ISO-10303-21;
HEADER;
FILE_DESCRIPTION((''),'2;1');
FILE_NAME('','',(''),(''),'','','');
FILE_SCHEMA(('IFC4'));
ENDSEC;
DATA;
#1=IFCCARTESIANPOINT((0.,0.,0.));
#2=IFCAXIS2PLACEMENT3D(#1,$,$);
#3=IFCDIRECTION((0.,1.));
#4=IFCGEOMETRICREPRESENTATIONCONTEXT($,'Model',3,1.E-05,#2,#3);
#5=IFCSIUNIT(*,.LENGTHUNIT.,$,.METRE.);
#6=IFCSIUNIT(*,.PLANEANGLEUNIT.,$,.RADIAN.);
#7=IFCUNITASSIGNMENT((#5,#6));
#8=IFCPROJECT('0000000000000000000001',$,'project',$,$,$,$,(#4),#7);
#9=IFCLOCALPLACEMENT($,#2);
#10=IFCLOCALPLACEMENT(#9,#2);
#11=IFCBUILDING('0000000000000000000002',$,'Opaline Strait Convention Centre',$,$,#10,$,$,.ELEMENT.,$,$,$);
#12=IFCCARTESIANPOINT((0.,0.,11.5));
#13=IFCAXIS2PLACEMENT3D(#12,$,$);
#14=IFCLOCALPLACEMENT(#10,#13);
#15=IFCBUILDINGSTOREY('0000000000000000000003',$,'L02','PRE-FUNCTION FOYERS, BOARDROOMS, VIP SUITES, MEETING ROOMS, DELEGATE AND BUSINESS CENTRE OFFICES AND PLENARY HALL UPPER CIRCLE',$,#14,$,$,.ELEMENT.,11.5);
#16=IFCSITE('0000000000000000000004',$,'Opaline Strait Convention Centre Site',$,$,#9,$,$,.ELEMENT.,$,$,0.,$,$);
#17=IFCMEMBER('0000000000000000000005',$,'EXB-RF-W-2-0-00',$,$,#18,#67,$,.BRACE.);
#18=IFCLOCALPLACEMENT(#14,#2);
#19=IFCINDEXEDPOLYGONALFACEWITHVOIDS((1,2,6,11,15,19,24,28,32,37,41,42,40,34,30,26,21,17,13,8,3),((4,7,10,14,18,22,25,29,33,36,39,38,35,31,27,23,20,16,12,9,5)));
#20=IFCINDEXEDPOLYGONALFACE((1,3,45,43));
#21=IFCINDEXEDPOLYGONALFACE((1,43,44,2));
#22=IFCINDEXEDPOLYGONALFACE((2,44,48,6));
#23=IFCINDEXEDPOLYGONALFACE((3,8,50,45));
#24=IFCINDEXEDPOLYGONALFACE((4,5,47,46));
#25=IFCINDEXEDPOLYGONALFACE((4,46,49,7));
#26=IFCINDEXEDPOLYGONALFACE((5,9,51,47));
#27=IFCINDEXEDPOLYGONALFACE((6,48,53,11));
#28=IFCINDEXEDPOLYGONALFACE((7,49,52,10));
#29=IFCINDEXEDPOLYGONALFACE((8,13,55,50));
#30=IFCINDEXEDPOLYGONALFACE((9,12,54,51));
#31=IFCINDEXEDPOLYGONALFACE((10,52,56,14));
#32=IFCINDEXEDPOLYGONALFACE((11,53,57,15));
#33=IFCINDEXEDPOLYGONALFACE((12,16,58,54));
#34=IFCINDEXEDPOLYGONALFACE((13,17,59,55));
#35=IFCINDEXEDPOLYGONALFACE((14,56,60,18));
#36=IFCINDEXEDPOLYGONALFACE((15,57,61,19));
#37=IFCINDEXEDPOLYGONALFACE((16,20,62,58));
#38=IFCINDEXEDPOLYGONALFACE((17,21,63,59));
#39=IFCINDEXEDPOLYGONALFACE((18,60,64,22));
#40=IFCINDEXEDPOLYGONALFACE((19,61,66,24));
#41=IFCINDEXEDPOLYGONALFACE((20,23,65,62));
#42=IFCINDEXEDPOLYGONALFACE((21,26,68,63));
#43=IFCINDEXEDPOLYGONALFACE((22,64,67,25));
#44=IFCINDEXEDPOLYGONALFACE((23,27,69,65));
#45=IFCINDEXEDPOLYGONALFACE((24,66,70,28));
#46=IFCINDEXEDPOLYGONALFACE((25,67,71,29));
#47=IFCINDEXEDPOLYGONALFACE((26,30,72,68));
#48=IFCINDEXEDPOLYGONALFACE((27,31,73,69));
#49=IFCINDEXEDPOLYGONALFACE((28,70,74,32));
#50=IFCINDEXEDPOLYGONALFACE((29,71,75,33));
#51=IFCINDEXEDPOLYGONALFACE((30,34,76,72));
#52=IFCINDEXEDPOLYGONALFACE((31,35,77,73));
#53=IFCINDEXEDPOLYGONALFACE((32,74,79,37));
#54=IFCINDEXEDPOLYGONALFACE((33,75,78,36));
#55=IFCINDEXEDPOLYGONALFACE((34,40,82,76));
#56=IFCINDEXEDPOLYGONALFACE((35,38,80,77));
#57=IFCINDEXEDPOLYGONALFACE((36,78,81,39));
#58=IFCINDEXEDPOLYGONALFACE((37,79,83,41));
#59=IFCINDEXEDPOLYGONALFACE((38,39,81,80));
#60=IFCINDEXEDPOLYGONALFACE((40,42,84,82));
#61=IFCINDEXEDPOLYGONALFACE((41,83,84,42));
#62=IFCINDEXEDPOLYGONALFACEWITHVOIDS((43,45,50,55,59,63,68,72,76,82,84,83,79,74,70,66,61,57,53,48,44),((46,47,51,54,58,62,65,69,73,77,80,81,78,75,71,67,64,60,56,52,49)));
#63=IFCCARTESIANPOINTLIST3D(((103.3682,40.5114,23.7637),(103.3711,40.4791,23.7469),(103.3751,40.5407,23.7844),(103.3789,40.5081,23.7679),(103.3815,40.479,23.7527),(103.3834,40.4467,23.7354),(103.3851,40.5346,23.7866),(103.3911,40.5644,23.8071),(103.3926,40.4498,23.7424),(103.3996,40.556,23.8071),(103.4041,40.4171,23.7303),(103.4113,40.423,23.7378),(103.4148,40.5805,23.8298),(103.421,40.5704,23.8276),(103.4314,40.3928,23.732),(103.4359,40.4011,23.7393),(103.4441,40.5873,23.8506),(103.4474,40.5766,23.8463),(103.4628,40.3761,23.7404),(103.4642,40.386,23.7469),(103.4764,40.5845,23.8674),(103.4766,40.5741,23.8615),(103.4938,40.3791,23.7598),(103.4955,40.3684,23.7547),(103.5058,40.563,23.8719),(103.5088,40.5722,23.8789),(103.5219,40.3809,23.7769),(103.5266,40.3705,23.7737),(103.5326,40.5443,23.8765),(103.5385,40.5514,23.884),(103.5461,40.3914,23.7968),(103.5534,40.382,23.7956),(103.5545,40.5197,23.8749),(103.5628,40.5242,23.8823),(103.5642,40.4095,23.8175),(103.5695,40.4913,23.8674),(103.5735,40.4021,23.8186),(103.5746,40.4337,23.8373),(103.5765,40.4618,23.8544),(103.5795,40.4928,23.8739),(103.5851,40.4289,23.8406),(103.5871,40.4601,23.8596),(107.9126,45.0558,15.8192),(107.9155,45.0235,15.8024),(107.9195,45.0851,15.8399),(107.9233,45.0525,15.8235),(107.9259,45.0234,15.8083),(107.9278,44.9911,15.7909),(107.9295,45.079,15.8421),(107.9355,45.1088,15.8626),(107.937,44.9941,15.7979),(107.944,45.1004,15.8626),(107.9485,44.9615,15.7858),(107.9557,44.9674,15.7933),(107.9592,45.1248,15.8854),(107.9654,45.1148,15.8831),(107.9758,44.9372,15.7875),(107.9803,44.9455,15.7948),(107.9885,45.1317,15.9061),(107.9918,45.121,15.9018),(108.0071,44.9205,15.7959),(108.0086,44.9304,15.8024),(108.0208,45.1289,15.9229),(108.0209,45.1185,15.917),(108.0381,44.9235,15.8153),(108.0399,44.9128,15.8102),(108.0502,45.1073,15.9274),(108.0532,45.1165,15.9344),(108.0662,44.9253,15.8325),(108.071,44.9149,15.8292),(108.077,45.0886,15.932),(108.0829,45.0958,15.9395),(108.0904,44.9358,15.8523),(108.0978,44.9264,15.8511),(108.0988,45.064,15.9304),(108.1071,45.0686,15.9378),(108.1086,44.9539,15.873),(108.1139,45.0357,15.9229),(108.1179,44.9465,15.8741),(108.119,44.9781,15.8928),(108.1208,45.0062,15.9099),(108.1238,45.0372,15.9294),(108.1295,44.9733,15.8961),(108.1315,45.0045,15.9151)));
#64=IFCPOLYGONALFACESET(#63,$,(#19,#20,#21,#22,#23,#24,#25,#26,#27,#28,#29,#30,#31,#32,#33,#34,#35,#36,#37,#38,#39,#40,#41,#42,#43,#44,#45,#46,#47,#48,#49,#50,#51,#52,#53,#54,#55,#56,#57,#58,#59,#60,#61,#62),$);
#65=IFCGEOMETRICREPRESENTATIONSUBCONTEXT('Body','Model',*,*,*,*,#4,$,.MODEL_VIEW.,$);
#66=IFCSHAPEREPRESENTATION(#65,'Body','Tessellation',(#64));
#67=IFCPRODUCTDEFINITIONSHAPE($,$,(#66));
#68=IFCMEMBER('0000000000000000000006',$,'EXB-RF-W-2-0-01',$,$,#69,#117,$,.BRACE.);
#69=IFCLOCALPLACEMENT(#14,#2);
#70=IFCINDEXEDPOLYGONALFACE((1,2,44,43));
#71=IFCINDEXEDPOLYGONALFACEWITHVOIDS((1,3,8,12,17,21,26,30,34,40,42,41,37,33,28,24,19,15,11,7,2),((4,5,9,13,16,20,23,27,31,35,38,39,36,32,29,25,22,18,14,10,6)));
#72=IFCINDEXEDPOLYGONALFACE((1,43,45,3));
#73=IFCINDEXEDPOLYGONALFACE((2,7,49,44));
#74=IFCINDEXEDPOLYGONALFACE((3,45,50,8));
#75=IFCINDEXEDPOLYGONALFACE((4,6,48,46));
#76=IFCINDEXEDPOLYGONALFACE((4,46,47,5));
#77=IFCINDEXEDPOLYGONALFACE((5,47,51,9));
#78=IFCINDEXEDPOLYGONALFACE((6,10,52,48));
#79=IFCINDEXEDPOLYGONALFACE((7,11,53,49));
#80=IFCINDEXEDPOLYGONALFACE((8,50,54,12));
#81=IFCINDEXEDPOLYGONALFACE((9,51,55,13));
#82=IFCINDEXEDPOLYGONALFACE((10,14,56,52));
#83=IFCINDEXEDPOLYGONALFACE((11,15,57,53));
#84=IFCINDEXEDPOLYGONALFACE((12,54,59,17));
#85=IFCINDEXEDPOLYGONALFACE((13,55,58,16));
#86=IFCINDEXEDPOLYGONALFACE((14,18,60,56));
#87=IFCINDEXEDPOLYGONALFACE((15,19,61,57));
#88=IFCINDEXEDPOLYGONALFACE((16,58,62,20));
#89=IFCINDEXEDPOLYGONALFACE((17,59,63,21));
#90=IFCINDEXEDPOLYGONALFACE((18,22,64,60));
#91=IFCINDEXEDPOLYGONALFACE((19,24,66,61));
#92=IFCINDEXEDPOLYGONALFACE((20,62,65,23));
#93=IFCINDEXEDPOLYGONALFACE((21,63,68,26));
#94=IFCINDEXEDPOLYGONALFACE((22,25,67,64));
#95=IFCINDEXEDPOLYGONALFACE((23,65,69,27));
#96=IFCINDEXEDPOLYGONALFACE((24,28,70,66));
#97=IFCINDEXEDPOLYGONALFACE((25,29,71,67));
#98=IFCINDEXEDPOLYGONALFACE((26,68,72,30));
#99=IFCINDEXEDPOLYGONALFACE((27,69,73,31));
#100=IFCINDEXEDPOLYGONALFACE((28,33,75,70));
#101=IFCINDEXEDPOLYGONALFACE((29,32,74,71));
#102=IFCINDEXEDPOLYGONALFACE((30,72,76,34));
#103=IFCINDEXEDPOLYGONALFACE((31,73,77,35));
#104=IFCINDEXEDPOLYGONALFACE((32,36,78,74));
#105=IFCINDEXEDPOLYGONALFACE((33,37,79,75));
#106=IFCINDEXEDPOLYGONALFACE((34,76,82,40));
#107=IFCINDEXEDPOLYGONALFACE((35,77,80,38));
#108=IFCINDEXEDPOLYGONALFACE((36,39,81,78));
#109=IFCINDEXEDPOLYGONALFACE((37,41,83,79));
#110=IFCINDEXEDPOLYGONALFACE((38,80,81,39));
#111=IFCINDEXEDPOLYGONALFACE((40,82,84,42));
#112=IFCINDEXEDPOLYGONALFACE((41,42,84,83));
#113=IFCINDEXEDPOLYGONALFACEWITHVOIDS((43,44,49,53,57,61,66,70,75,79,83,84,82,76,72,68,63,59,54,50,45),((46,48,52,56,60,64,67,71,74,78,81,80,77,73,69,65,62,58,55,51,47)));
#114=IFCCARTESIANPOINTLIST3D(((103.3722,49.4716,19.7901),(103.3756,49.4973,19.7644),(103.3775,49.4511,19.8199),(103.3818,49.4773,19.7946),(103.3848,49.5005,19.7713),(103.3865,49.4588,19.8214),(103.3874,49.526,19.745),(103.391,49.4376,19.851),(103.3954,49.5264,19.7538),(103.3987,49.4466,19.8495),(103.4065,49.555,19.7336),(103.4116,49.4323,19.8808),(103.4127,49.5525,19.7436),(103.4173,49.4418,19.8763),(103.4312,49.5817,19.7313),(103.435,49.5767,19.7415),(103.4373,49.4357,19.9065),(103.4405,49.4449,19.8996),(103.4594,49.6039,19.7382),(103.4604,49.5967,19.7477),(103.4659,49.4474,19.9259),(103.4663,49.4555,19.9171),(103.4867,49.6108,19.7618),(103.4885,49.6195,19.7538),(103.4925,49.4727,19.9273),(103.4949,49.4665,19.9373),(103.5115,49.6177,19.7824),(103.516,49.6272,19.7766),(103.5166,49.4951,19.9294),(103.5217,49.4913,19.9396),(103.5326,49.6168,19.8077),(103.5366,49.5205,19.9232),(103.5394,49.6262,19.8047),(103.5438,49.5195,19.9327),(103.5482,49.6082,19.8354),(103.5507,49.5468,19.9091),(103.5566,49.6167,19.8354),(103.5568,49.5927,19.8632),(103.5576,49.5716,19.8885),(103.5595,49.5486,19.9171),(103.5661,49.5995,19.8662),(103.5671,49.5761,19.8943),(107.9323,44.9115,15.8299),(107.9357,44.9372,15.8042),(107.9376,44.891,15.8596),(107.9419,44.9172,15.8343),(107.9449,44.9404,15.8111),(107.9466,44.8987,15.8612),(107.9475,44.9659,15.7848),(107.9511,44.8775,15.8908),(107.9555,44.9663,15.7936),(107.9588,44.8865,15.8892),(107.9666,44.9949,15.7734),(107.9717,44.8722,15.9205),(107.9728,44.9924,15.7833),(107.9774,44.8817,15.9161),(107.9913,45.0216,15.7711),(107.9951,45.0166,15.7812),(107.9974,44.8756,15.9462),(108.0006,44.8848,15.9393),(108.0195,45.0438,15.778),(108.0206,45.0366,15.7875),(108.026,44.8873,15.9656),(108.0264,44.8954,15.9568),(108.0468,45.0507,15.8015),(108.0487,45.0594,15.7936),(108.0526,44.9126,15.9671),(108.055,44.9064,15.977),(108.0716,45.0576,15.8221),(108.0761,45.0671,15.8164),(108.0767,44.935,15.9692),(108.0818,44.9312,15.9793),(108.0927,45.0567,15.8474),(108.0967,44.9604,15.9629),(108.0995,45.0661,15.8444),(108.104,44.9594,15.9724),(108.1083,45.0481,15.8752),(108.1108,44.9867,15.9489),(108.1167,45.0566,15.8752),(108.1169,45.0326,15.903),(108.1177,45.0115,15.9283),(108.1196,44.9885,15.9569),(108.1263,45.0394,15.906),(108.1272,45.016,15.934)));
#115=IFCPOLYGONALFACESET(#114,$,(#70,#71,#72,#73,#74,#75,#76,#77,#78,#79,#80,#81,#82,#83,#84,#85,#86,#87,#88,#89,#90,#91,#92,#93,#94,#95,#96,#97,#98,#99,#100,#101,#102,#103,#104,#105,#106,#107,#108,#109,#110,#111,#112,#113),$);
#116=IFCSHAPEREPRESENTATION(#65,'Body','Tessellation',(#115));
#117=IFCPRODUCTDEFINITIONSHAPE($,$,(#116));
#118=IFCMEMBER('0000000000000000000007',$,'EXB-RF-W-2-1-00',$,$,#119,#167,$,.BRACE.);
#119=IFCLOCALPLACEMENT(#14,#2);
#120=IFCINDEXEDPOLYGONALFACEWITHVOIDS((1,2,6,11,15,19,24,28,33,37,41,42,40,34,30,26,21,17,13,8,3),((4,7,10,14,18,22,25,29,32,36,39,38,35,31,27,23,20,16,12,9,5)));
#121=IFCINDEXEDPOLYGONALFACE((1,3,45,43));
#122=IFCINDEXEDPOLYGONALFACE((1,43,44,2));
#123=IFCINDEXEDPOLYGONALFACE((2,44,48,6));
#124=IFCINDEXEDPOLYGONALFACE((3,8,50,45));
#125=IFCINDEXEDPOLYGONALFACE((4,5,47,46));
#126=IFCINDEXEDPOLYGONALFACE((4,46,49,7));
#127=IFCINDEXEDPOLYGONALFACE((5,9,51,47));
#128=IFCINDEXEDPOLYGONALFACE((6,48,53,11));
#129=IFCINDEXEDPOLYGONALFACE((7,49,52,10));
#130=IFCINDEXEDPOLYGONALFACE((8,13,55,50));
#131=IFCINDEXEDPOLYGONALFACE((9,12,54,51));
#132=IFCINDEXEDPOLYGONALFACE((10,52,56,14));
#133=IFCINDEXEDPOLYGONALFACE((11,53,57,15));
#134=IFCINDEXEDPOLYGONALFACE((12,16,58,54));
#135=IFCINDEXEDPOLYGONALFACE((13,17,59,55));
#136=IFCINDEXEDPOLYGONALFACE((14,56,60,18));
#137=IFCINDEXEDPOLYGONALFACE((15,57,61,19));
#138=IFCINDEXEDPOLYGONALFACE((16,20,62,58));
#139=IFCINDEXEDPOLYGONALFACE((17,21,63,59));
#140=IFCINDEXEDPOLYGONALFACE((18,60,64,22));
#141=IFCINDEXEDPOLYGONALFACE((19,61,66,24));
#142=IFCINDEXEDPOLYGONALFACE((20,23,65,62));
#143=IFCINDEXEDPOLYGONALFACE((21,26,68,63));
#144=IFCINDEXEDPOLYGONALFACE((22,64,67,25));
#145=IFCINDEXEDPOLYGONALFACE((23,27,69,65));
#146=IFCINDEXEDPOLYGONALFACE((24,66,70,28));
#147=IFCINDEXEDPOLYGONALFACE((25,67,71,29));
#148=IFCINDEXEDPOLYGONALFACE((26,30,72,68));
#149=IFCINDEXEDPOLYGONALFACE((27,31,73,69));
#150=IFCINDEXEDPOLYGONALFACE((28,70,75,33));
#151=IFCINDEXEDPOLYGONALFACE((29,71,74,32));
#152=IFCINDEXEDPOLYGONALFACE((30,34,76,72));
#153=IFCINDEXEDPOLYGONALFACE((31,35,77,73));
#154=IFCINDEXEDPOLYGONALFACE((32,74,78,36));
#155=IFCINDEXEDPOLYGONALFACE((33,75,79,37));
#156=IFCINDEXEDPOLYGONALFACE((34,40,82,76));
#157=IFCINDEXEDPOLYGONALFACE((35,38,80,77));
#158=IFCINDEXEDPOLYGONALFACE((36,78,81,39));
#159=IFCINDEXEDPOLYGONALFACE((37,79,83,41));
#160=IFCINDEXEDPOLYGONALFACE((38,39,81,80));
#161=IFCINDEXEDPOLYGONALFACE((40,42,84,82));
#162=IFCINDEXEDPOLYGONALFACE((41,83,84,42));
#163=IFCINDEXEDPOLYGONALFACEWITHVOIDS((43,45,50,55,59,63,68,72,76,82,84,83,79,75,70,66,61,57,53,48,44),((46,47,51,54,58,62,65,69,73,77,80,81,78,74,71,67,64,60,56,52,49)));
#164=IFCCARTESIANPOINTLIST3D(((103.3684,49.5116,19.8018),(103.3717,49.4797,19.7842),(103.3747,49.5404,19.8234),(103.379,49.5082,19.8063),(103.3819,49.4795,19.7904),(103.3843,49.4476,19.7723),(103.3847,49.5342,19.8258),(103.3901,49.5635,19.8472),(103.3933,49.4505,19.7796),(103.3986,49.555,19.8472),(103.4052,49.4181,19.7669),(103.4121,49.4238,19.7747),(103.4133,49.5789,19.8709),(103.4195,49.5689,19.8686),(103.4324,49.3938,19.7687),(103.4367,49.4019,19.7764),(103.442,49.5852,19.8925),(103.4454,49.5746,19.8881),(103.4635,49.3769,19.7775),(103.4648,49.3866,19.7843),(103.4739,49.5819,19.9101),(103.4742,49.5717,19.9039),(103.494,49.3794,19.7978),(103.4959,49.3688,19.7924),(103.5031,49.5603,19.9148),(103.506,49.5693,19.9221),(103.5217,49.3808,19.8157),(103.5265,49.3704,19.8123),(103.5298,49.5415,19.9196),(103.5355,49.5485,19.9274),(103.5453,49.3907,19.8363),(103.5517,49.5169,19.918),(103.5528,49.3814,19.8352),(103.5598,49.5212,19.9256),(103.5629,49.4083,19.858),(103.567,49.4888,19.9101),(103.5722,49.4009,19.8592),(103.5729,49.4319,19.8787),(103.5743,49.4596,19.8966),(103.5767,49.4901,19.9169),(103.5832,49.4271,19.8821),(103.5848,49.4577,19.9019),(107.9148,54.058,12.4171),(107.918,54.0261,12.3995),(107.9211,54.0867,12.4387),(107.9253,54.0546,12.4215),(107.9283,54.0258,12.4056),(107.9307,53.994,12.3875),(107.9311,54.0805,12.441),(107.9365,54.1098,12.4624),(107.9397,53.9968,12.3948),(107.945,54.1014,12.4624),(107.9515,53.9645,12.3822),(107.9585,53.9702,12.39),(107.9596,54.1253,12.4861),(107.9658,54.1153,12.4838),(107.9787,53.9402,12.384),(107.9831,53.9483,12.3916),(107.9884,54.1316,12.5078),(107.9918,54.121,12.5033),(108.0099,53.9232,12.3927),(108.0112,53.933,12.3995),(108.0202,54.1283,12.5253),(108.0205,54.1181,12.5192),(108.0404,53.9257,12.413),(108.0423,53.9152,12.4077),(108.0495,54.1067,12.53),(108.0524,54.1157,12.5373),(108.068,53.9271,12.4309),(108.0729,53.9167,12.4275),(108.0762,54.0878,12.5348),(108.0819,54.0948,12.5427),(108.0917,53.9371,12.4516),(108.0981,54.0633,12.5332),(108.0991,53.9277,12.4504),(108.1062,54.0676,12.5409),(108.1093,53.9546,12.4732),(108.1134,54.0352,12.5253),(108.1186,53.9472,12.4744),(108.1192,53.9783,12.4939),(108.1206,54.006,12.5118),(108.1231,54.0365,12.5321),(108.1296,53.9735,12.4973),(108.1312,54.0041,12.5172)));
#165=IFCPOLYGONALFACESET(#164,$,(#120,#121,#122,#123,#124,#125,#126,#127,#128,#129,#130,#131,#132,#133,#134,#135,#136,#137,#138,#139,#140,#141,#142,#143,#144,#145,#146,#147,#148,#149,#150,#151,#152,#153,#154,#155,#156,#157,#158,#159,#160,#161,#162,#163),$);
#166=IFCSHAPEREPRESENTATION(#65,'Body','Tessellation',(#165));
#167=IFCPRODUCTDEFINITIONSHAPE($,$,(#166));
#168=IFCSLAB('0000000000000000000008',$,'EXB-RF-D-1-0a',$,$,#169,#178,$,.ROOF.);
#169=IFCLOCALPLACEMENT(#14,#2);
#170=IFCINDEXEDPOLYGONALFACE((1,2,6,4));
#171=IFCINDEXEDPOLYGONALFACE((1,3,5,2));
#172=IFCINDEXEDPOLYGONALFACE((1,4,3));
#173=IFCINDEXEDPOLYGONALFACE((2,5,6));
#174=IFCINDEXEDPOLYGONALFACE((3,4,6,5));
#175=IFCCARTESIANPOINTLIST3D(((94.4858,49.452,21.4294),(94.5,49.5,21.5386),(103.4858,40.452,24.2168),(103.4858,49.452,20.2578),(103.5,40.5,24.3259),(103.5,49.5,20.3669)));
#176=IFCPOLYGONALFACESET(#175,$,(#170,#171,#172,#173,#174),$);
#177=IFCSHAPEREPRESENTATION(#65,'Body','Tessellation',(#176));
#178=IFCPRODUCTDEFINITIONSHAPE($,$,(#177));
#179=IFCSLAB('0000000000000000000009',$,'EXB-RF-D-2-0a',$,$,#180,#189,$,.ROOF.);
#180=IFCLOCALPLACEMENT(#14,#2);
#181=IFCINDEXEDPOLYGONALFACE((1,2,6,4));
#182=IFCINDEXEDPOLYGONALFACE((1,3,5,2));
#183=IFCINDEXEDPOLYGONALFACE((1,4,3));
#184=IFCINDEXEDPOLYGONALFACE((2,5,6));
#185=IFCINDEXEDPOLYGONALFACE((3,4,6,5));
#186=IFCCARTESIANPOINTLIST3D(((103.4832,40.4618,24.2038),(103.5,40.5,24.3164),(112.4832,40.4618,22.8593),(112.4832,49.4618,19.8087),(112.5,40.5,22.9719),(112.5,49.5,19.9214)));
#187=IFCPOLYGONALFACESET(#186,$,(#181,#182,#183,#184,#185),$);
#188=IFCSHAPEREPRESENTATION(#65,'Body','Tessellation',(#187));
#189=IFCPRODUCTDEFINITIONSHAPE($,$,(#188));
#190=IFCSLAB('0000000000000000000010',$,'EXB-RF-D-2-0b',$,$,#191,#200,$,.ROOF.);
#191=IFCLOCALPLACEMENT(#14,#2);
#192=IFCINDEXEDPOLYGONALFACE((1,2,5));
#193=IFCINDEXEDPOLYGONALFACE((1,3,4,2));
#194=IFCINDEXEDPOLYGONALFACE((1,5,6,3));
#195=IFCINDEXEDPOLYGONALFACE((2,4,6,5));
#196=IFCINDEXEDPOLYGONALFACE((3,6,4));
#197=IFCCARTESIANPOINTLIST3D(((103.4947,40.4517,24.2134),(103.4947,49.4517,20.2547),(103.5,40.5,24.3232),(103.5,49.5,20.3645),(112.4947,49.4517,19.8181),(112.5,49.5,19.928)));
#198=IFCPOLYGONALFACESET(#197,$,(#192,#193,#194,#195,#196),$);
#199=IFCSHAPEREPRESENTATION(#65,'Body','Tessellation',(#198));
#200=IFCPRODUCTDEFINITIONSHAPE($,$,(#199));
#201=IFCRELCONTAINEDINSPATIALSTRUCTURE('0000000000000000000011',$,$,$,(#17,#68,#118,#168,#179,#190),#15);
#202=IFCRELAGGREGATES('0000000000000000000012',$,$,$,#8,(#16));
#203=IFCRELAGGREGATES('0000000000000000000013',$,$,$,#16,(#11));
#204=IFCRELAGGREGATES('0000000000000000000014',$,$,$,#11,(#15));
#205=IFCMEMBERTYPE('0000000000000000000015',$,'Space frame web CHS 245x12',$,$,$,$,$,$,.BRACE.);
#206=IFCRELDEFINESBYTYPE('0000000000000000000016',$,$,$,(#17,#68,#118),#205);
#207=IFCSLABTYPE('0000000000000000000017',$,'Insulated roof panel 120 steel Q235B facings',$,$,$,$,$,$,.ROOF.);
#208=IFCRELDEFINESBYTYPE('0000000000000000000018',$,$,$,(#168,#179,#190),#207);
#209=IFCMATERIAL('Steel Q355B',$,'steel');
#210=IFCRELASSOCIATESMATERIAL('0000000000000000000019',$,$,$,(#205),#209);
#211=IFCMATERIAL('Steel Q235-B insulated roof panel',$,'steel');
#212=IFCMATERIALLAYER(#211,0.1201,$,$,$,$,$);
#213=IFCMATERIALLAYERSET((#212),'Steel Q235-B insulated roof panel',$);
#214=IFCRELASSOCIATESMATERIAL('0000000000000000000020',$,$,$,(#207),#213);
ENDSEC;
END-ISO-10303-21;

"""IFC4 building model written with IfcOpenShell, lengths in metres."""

from ifc_helpers import new_model, si_unit, direction, frame, origin, origin_2d, place, context, subcontext, project, spatial, polyline, hollow_circle, outline, extrude, material, layer, layer_set, material_profile, profile_set, type_object, element, save


model = new_model("IFC4")

# Units and contexts
model_context = context("Model", 3, precision=1e-05, world=origin(), true_north=direction((0.0, 1.0)))
body_context = subcontext(model_context, "Body", "Model", "MODEL_VIEW")
ifc_project = project(units=[si_unit("LENGTHUNIT", "METRE"), si_unit("PLANEANGLEUNIT", "RADIAN")], contexts=[model_context])

# Site, building, storey
site_placement = place(None, origin())
site = spatial("IfcSite", under=ifc_project, at=site_placement, Name="Opaline Strait Convention Centre Site", CompositionType="ELEMENT", RefElevation=0.0)
building_placement = place(site_placement, origin())
building = spatial("IfcBuilding", under=site, at=building_placement, Name="Opaline Strait Convention Centre", CompositionType="ELEMENT")
storey_placement = place(building_placement, frame((0.0, 0.0, 11.5)))
storey = spatial("IfcBuildingStorey", under=building, at=storey_placement, Name="L02", Description="PRE-FUNCTION FOYERS, BOARDROOMS, VIP SUITES, MEETING ROOMS, DELEGATE AND BUSINESS CENTRE OFFICES AND PLENARY HALL UPPER CIRCLE", CompositionType="ELEMENT", Elevation=11.5)

# Members
ifc_material_1 = material(Name="Steel Q355B", Category="steel")
ifc_material_profile_1 = material_profile(ifc_material_1, hollow_circle(Radius=0.1226, WallThickness=0.012, at=origin_2d()), Name="CHS 245x12")
ifc_profile_set_1 = profile_set([ifc_material_profile_1], Name="Steel Q355B")
member_type_1 = type_object("IfcMemberType", Name="Space frame web CHS 245x12", PredefinedType="BRACE", material=ifc_profile_set_1)
member_1_placement = place(storey_placement, frame((103.4778, 40.4778, 23.8071), z_axis=(0.444721, 0.444721, -0.777461), x_axis=(-0.707107, 0.707107, 0.0)))
element("IfcMember", 1, at=member_1_placement, inside=storey, type_object=member_type_1, Name="EXB-RF-W-2-0-00", PredefinedType="BRACE", context=body_context, shape_type="SweptSolid", body=[
    extrude(hollow_circle(Radius=0.1226, WallThickness=0.012, at=origin_2d()), origin(), (0.0, 0.0, 1.0), 10.2185),
])
member_2_placement = place(storey_placement, frame((103.47, 49.53, 19.8354), z_axis=(0.602561, -0.602561, -0.523297), x_axis=(0.707107, 0.707107, 0.0)))
element("IfcMember", 2, at=member_2_placement, inside=storey, type_object=member_type_1, Name="EXB-RF-W-2-0-01", PredefinedType="BRACE", context=body_context, shape_type="SweptSolid", body=[
    extrude(hollow_circle(Radius=0.1226, WallThickness=0.012, at=origin_2d()), origin(), (0.0, 0.0, 1.0), 7.5679),
])
member_3_placement = place(storey_placement, frame((103.4768, 49.4768, 19.8472), z_axis=(0.464318, 0.464318, -0.754199), x_axis=(-0.707107, 0.707107, 0.0)))
element("IfcMember", 3, at=member_3_placement, inside=storey, type_object=member_type_1, Name="EXB-RF-W-2-1-00", PredefinedType="BRACE", context=body_context, shape_type="SweptSolid", body=[
    extrude(hollow_circle(Radius=0.1226, WallThickness=0.012, at=origin_2d()), origin(), (0.0, 0.0, 1.0), 9.7915),
])

# Slabs
ifc_material_2 = material(Name="Steel Q235-B insulated roof panel", Category="steel")
ifc_layer_1 = layer(ifc_material_2, 0.1201)
ifc_layer_set_1 = layer_set([ifc_layer_1], Name="Steel Q235-B insulated roof panel")
slab_type = type_object("IfcSlabType", Name="Insulated roof panel 120 steel Q235B facings", PredefinedType="ROOF", material=ifc_layer_set_1)
slab_1_placement = place(storey_placement, frame((103.5, 40.5, 24.3259), z_axis=(0.118325, 0.399823, 0.908923), x_axis=(0.0, 0.915353, -0.402652)))
element("IfcSlab", 4, at=slab_1_placement, inside=storey, type_object=slab_type, Name="EXB-RF-D-1-0a", PredefinedType="ROOF", context=body_context, shape_type="SweptSolid", body=[
    extrude(outline(polyline([(0.0, 0.0), (9.8323, 0.0), (9.3605, 9.0637), (0.0, 0.0)])), origin(), (0.0, 0.0, -1.0), 0.1201),
])
slab_2_placement = place(storey_placement, frame((103.5, 40.5, 24.3164), z_axis=(0.140086, 0.317845, 0.937737), x_axis=(0.989025, 0.0, -0.147747)))
element("IfcSlab", 5, at=slab_2_placement, inside=storey, type_object=slab_type, Name="EXB-RF-D-2-0a", PredefinedType="ROOF", context=body_context, shape_type="SweptSolid", body=[
    extrude(outline(polyline([(0.0, 0.0), (9.0999, 0.0), (9.5506, 9.4922), (0.0, 0.0)])), origin(), (0.0, 0.0, -1.0), 0.1201),
])
slab_3_placement = place(storey_placement, frame((103.5, 40.5, 24.3232), z_axis=(0.044354, 0.402235, 0.914461), x_axis=(0.668377, 0.668377, -0.32641)))
element("IfcSlab", 6, at=slab_3_placement, inside=storey, type_object=slab_type, Name="EXB-RF-D-2-0b", PredefinedType="ROOF", context=body_context, shape_type="SweptSolid", body=[
    extrude(outline(polyline([(0.0, 0.0), (13.4654, 0.0), (7.3076, 6.5781), (0.0, 0.0)])), origin(), (0.0, 0.0, -1.0), 0.1201),
])

save(model, "model.ifc")
